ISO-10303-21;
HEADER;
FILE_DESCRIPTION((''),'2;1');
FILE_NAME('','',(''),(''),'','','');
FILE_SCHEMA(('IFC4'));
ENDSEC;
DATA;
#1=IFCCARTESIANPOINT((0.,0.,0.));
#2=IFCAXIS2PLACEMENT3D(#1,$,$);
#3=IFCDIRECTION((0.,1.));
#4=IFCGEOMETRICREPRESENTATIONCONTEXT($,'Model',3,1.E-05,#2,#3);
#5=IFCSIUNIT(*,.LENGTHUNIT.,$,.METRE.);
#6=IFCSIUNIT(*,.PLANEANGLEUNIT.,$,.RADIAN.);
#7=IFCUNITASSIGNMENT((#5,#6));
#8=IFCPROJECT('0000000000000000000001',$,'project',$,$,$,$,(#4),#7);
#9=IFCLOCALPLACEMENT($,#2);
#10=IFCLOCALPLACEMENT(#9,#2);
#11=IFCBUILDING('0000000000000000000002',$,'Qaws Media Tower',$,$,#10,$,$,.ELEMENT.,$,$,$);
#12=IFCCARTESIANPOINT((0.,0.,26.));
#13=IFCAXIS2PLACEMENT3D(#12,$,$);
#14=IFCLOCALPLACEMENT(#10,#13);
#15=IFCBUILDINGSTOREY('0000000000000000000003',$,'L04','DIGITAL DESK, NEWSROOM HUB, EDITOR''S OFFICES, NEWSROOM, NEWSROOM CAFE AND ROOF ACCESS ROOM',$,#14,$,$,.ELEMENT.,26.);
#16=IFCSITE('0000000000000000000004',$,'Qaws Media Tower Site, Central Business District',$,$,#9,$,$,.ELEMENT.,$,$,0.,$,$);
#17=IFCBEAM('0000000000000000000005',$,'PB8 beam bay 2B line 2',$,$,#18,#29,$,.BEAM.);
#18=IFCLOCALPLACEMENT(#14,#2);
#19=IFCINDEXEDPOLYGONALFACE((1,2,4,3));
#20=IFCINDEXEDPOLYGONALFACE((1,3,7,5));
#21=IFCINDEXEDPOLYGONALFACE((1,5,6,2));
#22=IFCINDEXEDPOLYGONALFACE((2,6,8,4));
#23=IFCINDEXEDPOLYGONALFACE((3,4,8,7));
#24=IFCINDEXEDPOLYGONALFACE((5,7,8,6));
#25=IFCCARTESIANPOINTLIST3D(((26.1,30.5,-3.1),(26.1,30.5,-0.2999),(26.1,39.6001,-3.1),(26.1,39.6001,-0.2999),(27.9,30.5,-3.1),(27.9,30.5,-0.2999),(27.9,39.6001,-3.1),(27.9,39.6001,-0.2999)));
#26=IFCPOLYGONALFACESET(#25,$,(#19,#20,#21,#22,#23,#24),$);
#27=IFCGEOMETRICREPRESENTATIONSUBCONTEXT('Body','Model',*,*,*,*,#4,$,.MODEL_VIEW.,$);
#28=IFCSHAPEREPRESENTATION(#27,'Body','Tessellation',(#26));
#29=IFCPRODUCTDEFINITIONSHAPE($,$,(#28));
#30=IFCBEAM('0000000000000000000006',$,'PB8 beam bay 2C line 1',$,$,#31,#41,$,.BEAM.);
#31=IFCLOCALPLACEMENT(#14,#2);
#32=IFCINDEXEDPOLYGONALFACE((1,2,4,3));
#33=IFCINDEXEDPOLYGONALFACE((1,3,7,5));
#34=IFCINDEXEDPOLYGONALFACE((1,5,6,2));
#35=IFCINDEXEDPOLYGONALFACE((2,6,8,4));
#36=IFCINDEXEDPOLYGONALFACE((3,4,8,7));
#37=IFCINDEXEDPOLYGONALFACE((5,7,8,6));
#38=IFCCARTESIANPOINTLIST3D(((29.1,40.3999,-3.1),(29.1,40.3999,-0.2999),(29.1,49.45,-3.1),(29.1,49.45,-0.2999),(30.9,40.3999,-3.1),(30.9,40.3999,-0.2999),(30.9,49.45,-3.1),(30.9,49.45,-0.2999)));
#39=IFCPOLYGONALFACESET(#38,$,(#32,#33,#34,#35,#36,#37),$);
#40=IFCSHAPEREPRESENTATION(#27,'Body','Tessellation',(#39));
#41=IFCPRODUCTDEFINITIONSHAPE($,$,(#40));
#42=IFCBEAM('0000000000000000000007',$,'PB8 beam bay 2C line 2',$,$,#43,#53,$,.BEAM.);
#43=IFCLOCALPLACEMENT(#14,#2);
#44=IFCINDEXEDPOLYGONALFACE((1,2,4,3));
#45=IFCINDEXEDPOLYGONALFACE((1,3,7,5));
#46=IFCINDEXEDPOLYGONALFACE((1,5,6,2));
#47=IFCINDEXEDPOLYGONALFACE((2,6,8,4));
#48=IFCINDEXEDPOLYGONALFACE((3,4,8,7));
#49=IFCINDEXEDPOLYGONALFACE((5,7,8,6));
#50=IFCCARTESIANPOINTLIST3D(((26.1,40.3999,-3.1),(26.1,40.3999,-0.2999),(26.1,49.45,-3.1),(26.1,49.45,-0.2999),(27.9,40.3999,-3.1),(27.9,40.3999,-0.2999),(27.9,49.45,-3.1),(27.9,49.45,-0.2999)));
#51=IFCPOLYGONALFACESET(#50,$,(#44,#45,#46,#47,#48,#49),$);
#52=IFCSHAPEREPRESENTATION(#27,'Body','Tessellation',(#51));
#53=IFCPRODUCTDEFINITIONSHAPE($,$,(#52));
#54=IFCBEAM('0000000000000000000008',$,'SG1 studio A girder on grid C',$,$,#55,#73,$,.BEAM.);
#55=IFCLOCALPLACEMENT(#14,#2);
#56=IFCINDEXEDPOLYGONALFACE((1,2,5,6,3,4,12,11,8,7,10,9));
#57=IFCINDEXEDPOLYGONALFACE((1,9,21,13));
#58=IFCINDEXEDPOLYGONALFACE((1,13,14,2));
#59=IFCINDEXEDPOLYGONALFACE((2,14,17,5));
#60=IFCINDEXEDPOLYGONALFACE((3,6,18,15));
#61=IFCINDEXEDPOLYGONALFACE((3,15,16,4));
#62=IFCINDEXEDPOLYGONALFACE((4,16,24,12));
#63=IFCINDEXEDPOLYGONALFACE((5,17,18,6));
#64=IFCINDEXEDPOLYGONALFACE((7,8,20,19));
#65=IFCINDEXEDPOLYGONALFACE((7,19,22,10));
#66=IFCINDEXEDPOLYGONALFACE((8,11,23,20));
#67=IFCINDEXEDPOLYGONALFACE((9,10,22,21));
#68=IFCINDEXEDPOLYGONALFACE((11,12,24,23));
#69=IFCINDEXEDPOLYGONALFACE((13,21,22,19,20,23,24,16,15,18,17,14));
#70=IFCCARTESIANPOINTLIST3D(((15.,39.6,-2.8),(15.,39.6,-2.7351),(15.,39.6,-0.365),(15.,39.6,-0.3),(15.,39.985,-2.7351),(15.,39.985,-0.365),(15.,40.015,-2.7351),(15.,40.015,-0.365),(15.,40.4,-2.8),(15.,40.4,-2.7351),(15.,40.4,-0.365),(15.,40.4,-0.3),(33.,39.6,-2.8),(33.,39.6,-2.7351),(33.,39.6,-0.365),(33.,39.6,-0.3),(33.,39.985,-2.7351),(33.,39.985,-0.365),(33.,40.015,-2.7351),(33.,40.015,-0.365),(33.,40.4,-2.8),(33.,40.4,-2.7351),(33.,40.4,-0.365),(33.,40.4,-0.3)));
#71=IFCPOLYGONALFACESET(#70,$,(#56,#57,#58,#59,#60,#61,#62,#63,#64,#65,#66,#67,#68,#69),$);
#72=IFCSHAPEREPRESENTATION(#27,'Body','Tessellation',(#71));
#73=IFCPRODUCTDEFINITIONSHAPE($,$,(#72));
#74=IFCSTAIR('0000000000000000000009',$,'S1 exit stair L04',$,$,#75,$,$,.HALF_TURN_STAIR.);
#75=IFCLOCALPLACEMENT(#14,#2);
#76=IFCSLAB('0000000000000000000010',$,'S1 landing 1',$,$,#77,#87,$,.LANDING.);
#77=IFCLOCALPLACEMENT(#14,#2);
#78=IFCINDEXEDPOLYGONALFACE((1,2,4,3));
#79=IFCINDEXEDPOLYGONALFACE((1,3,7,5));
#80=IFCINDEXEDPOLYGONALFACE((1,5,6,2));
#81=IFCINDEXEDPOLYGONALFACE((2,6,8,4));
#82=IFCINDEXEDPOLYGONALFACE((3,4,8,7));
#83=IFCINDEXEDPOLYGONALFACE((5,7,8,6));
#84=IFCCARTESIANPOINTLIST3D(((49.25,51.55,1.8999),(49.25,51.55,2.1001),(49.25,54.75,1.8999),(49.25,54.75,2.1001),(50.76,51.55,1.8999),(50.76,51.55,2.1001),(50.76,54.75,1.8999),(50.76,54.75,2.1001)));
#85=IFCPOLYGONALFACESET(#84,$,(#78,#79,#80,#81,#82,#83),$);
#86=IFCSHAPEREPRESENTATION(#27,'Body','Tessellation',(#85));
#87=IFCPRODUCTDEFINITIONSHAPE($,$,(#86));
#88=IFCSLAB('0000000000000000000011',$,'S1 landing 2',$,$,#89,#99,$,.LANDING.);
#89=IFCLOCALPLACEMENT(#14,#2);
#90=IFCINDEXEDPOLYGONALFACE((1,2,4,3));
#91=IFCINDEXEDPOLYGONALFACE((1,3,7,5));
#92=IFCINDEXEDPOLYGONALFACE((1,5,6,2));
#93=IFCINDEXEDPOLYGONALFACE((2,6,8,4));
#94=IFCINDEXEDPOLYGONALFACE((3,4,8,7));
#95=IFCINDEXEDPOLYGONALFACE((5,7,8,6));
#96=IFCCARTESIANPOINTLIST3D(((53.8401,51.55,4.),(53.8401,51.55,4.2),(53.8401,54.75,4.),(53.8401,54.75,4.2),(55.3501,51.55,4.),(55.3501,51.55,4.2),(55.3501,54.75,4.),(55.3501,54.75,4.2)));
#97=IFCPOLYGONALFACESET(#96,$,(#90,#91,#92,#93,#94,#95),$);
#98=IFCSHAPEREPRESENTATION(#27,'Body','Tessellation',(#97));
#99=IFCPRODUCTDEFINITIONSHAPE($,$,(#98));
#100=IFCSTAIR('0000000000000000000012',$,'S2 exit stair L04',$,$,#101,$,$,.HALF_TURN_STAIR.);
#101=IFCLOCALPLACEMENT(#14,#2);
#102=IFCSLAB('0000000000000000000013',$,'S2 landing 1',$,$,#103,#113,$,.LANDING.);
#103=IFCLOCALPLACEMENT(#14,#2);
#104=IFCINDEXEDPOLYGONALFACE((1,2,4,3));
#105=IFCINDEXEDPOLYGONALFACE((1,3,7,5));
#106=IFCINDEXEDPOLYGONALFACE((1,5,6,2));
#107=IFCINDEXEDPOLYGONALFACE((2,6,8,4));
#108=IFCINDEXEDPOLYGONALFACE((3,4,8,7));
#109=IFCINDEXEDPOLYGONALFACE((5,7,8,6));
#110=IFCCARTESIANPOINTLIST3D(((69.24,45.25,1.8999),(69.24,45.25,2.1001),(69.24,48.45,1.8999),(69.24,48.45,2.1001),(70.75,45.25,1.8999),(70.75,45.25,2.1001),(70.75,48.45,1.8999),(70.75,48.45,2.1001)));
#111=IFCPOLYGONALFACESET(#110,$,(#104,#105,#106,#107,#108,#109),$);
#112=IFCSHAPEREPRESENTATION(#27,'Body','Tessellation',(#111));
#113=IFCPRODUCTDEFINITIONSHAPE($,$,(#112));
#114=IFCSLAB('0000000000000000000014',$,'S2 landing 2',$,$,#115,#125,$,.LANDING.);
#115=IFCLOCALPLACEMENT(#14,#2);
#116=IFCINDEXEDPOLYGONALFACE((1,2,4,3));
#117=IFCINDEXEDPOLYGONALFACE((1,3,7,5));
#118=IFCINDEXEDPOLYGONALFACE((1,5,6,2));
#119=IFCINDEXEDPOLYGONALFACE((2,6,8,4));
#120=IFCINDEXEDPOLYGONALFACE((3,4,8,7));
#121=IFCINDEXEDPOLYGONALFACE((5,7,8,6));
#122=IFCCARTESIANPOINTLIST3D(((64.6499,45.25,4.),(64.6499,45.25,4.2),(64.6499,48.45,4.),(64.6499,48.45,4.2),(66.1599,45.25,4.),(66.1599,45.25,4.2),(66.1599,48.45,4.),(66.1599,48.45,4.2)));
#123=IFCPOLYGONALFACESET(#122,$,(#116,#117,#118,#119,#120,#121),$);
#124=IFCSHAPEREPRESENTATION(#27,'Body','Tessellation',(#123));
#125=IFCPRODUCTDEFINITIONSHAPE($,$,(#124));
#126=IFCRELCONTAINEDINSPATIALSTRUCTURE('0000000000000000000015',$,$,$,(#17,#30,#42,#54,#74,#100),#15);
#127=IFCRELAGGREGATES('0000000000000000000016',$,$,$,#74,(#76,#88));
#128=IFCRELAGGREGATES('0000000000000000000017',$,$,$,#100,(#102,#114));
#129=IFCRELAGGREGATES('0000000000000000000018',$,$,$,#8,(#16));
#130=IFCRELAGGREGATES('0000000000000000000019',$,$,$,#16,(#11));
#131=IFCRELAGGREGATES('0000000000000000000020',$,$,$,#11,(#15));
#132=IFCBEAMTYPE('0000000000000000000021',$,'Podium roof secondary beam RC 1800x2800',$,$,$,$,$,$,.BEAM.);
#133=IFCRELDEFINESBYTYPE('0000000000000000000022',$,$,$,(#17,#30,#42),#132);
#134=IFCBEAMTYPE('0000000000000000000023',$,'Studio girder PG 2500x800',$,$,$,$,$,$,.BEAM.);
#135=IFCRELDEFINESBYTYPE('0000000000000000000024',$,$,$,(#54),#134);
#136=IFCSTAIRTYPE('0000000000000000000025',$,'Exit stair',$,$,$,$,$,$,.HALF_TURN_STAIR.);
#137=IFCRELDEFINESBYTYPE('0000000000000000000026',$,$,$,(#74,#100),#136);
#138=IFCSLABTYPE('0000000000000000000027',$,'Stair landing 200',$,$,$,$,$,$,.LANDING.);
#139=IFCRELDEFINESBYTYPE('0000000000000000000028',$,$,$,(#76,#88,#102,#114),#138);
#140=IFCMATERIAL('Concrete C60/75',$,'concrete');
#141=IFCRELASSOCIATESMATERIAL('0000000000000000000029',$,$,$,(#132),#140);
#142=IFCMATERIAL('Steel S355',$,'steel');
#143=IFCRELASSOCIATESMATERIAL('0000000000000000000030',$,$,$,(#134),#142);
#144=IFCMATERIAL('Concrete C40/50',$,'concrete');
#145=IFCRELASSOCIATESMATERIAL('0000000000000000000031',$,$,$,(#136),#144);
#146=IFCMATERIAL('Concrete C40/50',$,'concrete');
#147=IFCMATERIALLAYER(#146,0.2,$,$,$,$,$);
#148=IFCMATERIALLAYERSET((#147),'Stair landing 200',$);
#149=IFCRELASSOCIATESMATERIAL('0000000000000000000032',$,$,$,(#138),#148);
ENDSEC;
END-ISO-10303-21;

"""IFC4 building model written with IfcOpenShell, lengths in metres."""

from ifc_helpers import new_model, si_unit, direction, frame, origin, origin_2d, place, context, subcontext, project, spatial, polyline, rectangle, i_section, outline, extrude, material, layer, layer_set, material_profile, profile_set, type_object, element, aggregate, save


model = new_model("IFC4")

# Units and contexts
model_context = context("Model", 3, precision=1e-05, world=origin(), true_north=direction((0.0, 1.0)))
body_context = subcontext(model_context, "Body", "Model", "MODEL_VIEW")
ifc_project = project(units=[si_unit("LENGTHUNIT", "METRE"), si_unit("PLANEANGLEUNIT", "RADIAN")], contexts=[model_context])

# Site, building, storey
site_placement = place(None, origin())
site = spatial("IfcSite", under=ifc_project, at=site_placement, Name="Qaws Media Tower Site, Central Business District", CompositionType="ELEMENT", RefElevation=0.0)
building_placement = place(site_placement, origin())
building = spatial("IfcBuilding", under=site, at=building_placement, Name="Qaws Media Tower", CompositionType="ELEMENT")
storey_placement = place(building_placement, frame((0.0, 0.0, 26.0)))
storey = spatial("IfcBuildingStorey", under=building, at=storey_placement, Name="L04", Description="DIGITAL DESK, NEWSROOM HUB, EDITOR'S OFFICES, NEWSROOM, NEWSROOM CAFE AND ROOF ACCESS ROOM", CompositionType="ELEMENT", Elevation=26.0)

# Beams
ifc_material_1 = material(Name="Concrete C60/75", Category="concrete")
ifc_material_profile_1 = material_profile(ifc_material_1, rectangle(XDim=1.8, YDim=2.8, at=origin_2d()), Name="RC 1800x2800")
ifc_profile_set_1 = profile_set([ifc_material_profile_1], Name="Concrete C60/75")
beam_type_1 = type_object("IfcBeamType", Name="Podium roof secondary beam RC 1800x2800", PredefinedType="BEAM", material=ifc_profile_set_1)
for number, where, z_axis, x_axis, name in (
    (1, (27.0, 30.5, -1.7), (0.0, 1.0, 0.0), (-1.0, 0.0, 0.0), "PB8 beam bay 2B line 2"),
):
    element("IfcBeam", number, at=place(storey_placement, frame(where, z_axis=z_axis, x_axis=x_axis)), inside=storey, type_object=beam_type_1, Name=name, PredefinedType="BEAM", context=body_context, shape_type="SweptSolid", body=[
        extrude(rectangle(XDim=1.8, YDim=2.8, at=origin_2d()), origin(), (0.0, 0.0, 1.0), 9.1001),
    ])
for number, where, z_axis, x_axis, name in (
    (2, (30.0, 40.3999, -1.7), (0.0, 1.0, 0.0), (-1.0, 0.0, 0.0), "PB8 beam bay 2C line 1"),
    (3, (27.0, 40.3999, -1.7), (0.0, 1.0, 0.0), (-1.0, 0.0, 0.0), "PB8 beam bay 2C line 2"),
):
    element("IfcBeam", number, at=place(storey_placement, frame(where, z_axis=z_axis, x_axis=x_axis)), inside=storey, type_object=beam_type_1, Name=name, PredefinedType="BEAM", context=body_context, shape_type="SweptSolid", body=[
        extrude(rectangle(XDim=1.8, YDim=2.8, at=origin_2d()), origin(), (0.0, 0.0, 1.0), 9.05),
    ])
ifc_material_2 = material(Name="Steel S355", Category="steel")
ifc_material_profile_2 = material_profile(ifc_material_2, i_section(OverallWidth=0.8, OverallDepth=2.5, WebThickness=0.03, FlangeThickness=0.0649, at=origin_2d()), Name="PG 2500x800")
ifc_profile_set_2 = profile_set([ifc_material_profile_2], Name="Steel S355")
beam_type_2 = type_object("IfcBeamType", Name="Studio girder PG 2500x800", PredefinedType="BEAM", material=ifc_profile_set_2)
beam_1_placement = place(storey_placement, frame((15.0, 40.0, -1.55), z_axis=(1.0, 0.0, 0.0), x_axis=(0.0, 1.0, 0.0)))
element("IfcBeam", 4, at=beam_1_placement, inside=storey, type_object=beam_type_2, Name="SG1 studio A girder on grid C", PredefinedType="BEAM", context=body_context, shape_type="SweptSolid", body=[
    extrude(i_section(OverallWidth=0.8, OverallDepth=2.5, WebThickness=0.03, FlangeThickness=0.0649, at=origin_2d()), origin(), (0.0, 0.0, 1.0), 18.0),
])

# Stairs, slabs
ifc_material_3 = material(Name="Concrete C40/50", Category="concrete")
stair_type = type_object("IfcStairType", Name="Exit stair", PredefinedType="HALF_TURN_STAIR", material=ifc_material_3)
stair_1_placement = place(storey_placement, origin())
stair_1 = element("IfcStair", 5, at=stair_1_placement, inside=storey, type_object=stair_type, Name="S1 exit stair L04", PredefinedType="HALF_TURN_STAIR")
ifc_material_4 = material(Name="Concrete C40/50", Category="concrete")
ifc_layer_1 = layer(ifc_material_4, 0.2)
ifc_layer_set_1 = layer_set([ifc_layer_1], Name="Stair landing 200")
slab_type = type_object("IfcSlabType", Name="Stair landing 200", PredefinedType="LANDING", material=ifc_layer_set_1)
slab_1_placement = place(storey_placement, frame((0.0, 0.0, 1.8999)))
slab_1 = element("IfcSlab", 6, at=slab_1_placement, type_object=slab_type, Name="S1 landing 1", PredefinedType="LANDING", context=body_context, shape_type="SweptSolid", body=[
    extrude(outline(polyline([(49.25, 51.55), (50.76, 51.55), (50.76, 54.75), (49.25, 54.75), (49.25, 51.55)])), origin(), (0.0, 0.0, 1.0), 0.2002),
])
slab_2_placement = place(storey_placement, frame((0.0, 0.0, 4.0)))
slab_2 = element("IfcSlab", 7, at=slab_2_placement, type_object=slab_type, Name="S1 landing 2", PredefinedType="LANDING", context=body_context, shape_type="SweptSolid", body=[
    extrude(outline(polyline([(53.8401, 51.55), (55.3501, 51.55), (55.3501, 54.75), (53.8401, 54.75), (53.8401, 51.55)])), origin(), (0.0, 0.0, 1.0), 0.2),
])
aggregate(stair_1, [slab_1, slab_2])
stair_2_placement = place(storey_placement, origin())
stair_2 = element("IfcStair", 8, at=stair_2_placement, inside=storey, type_object=stair_type, Name="S2 exit stair L04", PredefinedType="HALF_TURN_STAIR")
slab_3_placement = place(storey_placement, frame((0.0, 0.0, 1.8999)))
slab_3 = element("IfcSlab", 9, at=slab_3_placement, type_object=slab_type, Name="S2 landing 1", PredefinedType="LANDING", context=body_context, shape_type="SweptSolid", body=[
    extrude(outline(polyline([(69.24, 45.25), (70.75, 45.25), (70.75, 48.45), (69.24, 48.45), (69.24, 45.25)])), origin(), (0.0, 0.0, 1.0), 0.2002),
])
slab_4_placement = place(storey_placement, frame((0.0, 0.0, 4.0)))
slab_4 = element("IfcSlab", 10, at=slab_4_placement, type_object=slab_type, Name="S2 landing 2", PredefinedType="LANDING", context=body_context, shape_type="SweptSolid", body=[
    extrude(outline(polyline([(64.6499, 45.25), (66.1599, 45.25), (66.1599, 48.45), (64.6499, 48.45), (64.6499, 45.25)])), origin(), (0.0, 0.0, 1.0), 0.2),
])
aggregate(stair_2, [slab_3, slab_4])

save(model, "model.ifc")
